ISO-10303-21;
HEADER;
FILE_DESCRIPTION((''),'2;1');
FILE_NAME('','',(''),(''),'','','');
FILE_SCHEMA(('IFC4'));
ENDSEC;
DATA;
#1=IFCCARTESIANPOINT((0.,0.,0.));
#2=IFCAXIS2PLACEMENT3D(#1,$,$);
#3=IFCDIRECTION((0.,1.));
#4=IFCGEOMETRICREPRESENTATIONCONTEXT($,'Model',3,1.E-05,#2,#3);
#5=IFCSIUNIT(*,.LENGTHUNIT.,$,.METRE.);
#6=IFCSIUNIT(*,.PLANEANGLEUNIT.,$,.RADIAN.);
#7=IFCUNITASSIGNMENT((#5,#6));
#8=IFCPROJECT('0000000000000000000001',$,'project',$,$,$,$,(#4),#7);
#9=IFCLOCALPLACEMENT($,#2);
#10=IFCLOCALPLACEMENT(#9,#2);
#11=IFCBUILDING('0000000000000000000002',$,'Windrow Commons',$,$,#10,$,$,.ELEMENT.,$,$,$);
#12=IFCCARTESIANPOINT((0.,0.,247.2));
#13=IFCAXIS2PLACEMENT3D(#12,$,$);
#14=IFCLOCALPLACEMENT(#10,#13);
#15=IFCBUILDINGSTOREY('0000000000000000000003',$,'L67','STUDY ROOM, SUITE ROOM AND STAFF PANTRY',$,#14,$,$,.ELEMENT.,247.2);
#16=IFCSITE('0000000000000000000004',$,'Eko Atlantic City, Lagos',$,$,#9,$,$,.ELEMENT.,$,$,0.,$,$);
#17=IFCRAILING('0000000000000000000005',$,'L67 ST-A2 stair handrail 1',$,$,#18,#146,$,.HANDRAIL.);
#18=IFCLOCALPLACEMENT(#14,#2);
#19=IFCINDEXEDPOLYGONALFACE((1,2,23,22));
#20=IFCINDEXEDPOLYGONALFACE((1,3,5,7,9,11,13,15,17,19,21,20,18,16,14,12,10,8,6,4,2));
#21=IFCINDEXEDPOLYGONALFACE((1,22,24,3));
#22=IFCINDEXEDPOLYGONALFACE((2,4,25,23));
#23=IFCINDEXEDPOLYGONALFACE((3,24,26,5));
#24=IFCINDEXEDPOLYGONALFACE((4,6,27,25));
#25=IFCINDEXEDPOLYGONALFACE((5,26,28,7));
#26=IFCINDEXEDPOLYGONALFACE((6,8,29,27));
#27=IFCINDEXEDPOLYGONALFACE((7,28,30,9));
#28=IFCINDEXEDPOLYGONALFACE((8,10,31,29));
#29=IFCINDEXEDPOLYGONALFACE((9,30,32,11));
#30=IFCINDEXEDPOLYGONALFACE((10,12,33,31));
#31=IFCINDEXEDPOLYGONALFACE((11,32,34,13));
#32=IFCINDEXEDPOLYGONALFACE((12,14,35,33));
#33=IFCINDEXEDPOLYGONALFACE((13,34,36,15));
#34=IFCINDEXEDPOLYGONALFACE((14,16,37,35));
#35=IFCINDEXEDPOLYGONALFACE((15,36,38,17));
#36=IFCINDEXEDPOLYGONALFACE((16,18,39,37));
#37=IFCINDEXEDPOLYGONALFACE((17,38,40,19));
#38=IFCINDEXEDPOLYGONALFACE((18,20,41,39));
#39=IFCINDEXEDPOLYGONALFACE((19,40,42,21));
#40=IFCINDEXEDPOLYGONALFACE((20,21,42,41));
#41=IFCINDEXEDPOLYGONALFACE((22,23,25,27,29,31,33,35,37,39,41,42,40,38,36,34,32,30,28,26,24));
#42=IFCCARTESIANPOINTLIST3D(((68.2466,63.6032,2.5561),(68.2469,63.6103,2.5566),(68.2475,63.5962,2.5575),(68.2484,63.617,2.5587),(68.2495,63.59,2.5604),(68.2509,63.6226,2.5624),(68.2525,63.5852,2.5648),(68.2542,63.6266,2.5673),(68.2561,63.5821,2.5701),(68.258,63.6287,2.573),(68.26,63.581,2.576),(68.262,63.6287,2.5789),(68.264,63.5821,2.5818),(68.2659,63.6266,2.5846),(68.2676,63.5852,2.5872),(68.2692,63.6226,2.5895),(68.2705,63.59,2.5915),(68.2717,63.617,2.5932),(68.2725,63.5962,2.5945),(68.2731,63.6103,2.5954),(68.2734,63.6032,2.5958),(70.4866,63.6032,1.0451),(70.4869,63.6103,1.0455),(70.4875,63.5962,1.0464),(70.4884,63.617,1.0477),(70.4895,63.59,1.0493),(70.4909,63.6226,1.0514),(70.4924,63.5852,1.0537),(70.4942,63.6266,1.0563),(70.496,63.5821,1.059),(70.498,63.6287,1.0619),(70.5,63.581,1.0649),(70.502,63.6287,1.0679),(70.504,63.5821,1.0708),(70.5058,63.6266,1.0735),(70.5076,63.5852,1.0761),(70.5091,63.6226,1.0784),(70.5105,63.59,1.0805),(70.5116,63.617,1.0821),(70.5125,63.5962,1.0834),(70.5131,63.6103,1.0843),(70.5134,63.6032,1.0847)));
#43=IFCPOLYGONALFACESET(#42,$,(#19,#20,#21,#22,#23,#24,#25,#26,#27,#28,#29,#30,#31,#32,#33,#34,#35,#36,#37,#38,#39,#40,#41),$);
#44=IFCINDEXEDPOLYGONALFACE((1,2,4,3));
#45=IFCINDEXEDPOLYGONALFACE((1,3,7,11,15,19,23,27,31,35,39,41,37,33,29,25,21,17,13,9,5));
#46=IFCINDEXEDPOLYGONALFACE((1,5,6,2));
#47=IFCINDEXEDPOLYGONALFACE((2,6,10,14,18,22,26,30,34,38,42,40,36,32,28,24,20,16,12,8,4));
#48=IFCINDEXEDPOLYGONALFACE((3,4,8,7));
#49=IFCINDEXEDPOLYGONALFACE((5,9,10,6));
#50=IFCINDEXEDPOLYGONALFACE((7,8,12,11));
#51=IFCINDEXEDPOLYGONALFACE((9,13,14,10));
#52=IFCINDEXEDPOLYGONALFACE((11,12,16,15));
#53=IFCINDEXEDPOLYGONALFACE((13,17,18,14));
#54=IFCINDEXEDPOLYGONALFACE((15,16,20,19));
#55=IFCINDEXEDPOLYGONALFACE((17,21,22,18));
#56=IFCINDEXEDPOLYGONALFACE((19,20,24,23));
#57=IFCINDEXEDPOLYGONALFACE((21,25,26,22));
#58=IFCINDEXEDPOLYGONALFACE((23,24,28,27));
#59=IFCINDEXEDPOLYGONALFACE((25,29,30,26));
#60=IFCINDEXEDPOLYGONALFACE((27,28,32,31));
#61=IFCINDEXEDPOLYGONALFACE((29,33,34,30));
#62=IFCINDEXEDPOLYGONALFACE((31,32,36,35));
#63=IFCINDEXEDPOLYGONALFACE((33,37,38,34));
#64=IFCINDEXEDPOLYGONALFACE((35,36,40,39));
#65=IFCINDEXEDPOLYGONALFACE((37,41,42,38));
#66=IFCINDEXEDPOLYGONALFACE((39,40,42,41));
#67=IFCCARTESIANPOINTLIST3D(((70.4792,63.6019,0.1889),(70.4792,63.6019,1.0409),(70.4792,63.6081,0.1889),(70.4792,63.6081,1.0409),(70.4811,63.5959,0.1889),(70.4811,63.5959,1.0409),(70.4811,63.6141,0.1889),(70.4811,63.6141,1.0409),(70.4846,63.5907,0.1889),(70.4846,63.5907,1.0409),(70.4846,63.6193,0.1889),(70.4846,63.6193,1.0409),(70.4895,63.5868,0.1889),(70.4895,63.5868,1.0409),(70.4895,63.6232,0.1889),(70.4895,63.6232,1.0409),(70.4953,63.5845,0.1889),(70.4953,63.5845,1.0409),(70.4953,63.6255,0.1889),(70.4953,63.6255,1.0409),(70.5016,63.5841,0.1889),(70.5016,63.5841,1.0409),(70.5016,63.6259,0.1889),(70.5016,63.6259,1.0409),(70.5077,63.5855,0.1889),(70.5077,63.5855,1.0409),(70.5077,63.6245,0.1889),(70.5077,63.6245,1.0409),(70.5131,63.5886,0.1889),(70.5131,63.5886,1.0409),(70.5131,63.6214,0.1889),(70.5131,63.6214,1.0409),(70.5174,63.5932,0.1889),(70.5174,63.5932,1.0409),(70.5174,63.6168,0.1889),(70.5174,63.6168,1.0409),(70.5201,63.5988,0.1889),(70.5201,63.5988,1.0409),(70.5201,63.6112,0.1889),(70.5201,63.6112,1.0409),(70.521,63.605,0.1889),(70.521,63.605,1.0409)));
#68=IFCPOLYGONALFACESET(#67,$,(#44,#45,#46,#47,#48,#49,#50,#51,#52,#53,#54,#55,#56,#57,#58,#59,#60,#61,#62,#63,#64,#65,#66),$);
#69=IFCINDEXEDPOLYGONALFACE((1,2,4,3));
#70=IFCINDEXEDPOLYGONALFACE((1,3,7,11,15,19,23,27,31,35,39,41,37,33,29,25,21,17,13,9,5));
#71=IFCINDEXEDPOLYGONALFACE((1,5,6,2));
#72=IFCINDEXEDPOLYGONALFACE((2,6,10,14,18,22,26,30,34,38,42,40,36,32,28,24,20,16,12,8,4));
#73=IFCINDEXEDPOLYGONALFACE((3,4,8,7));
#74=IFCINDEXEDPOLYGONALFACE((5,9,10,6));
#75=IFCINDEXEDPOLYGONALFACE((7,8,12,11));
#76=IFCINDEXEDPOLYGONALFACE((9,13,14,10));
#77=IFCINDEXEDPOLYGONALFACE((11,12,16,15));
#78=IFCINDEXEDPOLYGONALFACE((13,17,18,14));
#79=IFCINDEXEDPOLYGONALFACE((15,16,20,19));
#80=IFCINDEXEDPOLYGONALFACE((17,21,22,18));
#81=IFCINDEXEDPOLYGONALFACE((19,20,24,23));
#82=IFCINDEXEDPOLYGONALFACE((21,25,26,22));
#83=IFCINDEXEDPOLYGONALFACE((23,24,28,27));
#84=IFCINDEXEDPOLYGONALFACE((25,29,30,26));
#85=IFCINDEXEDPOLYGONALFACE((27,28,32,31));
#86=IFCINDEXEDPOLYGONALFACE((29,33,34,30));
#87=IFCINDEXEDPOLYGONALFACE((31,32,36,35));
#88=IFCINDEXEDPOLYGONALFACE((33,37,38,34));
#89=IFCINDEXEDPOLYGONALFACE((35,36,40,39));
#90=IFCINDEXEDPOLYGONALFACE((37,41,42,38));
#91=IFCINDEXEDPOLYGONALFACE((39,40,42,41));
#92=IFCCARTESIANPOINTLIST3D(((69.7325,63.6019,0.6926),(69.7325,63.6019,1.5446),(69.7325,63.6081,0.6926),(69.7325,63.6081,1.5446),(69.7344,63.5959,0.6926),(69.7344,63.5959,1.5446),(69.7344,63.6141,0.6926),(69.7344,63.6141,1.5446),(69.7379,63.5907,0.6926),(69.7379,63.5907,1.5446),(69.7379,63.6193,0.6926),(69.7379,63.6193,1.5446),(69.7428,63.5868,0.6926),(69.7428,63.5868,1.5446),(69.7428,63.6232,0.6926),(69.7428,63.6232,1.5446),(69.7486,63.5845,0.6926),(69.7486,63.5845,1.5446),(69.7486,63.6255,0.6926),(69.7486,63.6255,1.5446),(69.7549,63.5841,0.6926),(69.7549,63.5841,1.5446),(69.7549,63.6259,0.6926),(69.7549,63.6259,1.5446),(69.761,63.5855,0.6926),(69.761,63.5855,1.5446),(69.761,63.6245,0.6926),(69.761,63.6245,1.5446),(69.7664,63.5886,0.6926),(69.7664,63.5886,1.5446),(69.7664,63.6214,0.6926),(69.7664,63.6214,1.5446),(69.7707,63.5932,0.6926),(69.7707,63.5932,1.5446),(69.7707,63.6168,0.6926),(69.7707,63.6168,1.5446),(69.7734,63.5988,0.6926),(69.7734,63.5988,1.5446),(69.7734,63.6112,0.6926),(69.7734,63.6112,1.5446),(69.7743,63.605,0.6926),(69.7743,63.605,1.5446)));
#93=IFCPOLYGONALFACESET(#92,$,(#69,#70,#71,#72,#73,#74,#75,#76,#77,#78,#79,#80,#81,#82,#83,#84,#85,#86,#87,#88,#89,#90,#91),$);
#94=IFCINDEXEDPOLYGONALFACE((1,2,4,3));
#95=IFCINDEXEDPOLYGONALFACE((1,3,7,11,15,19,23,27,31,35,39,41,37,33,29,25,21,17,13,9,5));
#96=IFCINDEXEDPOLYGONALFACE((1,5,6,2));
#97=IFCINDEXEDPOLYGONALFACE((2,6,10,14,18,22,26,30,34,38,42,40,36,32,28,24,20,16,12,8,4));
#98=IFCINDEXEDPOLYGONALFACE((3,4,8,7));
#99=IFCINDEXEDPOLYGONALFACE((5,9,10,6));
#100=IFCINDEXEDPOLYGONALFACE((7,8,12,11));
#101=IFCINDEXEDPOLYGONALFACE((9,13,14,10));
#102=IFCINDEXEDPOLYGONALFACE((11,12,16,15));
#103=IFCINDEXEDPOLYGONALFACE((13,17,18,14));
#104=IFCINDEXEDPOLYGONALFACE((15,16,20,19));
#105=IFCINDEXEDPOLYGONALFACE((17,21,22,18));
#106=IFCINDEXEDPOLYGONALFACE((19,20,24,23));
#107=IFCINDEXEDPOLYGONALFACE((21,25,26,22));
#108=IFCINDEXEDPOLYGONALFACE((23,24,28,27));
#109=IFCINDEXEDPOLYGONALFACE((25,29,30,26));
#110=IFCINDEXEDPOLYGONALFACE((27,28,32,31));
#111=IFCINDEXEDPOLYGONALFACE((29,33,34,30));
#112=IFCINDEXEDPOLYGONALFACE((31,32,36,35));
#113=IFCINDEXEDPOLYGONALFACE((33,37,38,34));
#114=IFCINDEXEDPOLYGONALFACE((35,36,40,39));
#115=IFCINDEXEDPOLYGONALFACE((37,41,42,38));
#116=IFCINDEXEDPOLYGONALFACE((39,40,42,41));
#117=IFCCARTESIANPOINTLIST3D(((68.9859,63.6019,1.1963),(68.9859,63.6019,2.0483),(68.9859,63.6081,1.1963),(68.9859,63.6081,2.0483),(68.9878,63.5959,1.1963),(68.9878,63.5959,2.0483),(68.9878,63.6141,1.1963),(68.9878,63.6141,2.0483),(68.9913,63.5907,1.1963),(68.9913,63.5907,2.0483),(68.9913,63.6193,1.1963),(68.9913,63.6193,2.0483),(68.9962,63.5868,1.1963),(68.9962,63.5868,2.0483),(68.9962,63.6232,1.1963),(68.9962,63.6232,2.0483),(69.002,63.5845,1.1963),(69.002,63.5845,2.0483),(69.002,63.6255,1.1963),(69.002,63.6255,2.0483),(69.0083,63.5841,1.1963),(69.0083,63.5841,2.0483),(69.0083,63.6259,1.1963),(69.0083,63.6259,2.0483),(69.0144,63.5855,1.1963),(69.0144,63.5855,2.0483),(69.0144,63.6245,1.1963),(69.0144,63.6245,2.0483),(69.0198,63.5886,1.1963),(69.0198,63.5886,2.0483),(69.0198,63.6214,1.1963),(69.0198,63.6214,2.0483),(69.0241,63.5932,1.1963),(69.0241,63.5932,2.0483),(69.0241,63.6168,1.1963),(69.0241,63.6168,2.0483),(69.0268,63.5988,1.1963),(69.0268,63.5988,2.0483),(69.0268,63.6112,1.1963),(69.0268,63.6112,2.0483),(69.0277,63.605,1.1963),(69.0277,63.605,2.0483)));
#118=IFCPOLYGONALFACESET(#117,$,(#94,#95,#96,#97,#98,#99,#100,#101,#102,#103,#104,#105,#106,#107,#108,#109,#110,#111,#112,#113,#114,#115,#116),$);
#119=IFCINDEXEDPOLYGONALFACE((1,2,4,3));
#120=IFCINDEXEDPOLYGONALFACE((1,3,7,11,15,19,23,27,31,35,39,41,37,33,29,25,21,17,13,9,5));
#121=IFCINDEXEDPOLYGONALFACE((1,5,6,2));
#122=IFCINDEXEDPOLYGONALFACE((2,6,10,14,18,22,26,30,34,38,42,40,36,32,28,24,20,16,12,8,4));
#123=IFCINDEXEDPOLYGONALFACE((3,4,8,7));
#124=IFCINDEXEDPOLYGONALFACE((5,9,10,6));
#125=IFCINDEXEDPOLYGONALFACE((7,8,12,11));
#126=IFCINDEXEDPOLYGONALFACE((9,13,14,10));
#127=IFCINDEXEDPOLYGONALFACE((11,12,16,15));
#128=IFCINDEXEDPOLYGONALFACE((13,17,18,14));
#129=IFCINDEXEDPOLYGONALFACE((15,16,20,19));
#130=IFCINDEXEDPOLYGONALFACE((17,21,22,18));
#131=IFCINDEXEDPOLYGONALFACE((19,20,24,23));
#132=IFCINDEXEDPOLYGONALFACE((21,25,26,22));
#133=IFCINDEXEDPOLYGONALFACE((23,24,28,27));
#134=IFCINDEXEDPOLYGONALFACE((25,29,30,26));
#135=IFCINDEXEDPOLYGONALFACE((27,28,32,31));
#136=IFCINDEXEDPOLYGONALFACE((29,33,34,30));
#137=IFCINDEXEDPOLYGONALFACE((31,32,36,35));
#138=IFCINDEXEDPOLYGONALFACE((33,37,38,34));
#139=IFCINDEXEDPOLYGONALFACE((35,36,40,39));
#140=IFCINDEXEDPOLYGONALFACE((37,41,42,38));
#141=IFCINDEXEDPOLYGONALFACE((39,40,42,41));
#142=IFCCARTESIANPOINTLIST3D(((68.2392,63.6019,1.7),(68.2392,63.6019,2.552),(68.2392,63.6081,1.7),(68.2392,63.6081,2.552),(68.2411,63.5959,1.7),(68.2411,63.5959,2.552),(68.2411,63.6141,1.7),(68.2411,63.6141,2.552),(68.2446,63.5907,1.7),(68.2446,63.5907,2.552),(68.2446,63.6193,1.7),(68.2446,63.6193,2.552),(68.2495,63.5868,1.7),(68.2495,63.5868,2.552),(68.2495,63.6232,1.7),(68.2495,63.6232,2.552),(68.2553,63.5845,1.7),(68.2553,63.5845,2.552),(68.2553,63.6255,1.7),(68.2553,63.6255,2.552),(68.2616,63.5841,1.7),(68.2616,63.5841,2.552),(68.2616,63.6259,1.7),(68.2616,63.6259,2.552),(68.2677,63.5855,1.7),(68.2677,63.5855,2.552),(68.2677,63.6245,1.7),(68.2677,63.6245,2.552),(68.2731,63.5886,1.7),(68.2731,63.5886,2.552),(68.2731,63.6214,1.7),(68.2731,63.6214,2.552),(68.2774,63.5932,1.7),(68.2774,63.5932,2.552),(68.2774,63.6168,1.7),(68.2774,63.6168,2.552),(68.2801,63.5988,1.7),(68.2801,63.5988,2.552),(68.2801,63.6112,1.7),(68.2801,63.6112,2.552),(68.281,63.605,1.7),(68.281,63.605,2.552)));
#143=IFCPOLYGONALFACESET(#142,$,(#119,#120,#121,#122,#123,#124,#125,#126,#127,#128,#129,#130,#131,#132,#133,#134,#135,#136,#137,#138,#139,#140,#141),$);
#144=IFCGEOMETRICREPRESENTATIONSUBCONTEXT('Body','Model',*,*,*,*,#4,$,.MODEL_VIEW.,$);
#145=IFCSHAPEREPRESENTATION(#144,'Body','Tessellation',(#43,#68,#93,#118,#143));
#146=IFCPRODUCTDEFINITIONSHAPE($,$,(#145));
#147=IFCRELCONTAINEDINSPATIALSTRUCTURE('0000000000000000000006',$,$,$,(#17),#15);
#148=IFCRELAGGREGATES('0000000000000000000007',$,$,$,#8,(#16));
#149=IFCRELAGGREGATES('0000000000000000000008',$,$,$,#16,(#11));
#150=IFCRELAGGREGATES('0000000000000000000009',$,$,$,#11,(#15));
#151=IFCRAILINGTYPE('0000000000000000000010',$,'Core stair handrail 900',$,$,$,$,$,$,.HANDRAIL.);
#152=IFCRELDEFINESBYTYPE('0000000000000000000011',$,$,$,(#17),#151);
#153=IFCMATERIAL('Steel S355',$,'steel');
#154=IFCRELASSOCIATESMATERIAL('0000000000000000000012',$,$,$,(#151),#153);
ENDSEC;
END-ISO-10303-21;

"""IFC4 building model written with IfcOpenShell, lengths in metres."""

from ifc_helpers import new_model, si_unit, direction, frame, origin, origin_2d, place, context, subcontext, project, spatial, circle, extrude, material, type_object, element, save


model = new_model("IFC4")

# Units and contexts
model_context = context("Model", 3, precision=1e-05, world=origin(), true_north=direction((0.0, 1.0)))
body_context = subcontext(model_context, "Body", "Model", "MODEL_VIEW")
ifc_project = project(units=[si_unit("LENGTHUNIT", "METRE"), si_unit("PLANEANGLEUNIT", "RADIAN")], contexts=[model_context])

# Site, building, storey
site_placement = place(None, origin())
site = spatial("IfcSite", under=ifc_project, at=site_placement, Name="Eko Atlantic City, Lagos", CompositionType="ELEMENT", RefElevation=0.0)
building_placement = place(site_placement, origin())
building = spatial("IfcBuilding", under=site, at=building_placement, Name="Windrow Commons", CompositionType="ELEMENT")
storey_placement = place(building_placement, frame((0.0, 0.0, 247.2)))
storey = spatial("IfcBuildingStorey", under=building, at=storey_placement, Name="L67", Description="STUDY ROOM, SUITE ROOM AND STAFF PANTRY", CompositionType="ELEMENT", Elevation=247.2)

# Railing
ifc_material_1 = material(Name="Steel S355", Category="steel")
railing_type_1 = type_object("IfcRailingType", Name="Core stair handrail 900", PredefinedType="HANDRAIL", material=ifc_material_1)
for number, where, name in (
    (1, (70.5, 63.605, 0.1889), "L67 ST-A2 stair handrail 1"),
):
    element("IfcRailing", number, at=place(storey_placement, frame(where)), inside=storey, type_object=railing_type_1, Name=name, PredefinedType="HANDRAIL", context=body_context, shape_type="SweptSolid", body=[
        extrude(circle(Radius=0.024, at=origin_2d()), frame((0.0, 0.0, 0.876), z_axis=(-0.829003, 0.0, 0.559244), x_axis=(0.0, -1.0, 0.0)), (0.0, 0.0, 1.0), 2.702),
        extrude(circle(Radius=0.021, at=origin_2d()), origin(), (0.0, 0.0, 1.0), 0.852),
        extrude(circle(Radius=0.021, at=origin_2d()), frame((-0.7467, 0.0, 0.5037)), (0.0, 0.0, 1.0), 0.852),
        extrude(circle(Radius=0.021, at=origin_2d()), frame((-1.4933, 0.0, 1.0074)), (0.0, 0.0, 1.0), 0.852),
        extrude(circle(Radius=0.021, at=origin_2d()), frame((-2.24, 0.0, 1.5111)), (0.0, 0.0, 1.0), 0.852),
    ])

save(model, "model.ifc")
